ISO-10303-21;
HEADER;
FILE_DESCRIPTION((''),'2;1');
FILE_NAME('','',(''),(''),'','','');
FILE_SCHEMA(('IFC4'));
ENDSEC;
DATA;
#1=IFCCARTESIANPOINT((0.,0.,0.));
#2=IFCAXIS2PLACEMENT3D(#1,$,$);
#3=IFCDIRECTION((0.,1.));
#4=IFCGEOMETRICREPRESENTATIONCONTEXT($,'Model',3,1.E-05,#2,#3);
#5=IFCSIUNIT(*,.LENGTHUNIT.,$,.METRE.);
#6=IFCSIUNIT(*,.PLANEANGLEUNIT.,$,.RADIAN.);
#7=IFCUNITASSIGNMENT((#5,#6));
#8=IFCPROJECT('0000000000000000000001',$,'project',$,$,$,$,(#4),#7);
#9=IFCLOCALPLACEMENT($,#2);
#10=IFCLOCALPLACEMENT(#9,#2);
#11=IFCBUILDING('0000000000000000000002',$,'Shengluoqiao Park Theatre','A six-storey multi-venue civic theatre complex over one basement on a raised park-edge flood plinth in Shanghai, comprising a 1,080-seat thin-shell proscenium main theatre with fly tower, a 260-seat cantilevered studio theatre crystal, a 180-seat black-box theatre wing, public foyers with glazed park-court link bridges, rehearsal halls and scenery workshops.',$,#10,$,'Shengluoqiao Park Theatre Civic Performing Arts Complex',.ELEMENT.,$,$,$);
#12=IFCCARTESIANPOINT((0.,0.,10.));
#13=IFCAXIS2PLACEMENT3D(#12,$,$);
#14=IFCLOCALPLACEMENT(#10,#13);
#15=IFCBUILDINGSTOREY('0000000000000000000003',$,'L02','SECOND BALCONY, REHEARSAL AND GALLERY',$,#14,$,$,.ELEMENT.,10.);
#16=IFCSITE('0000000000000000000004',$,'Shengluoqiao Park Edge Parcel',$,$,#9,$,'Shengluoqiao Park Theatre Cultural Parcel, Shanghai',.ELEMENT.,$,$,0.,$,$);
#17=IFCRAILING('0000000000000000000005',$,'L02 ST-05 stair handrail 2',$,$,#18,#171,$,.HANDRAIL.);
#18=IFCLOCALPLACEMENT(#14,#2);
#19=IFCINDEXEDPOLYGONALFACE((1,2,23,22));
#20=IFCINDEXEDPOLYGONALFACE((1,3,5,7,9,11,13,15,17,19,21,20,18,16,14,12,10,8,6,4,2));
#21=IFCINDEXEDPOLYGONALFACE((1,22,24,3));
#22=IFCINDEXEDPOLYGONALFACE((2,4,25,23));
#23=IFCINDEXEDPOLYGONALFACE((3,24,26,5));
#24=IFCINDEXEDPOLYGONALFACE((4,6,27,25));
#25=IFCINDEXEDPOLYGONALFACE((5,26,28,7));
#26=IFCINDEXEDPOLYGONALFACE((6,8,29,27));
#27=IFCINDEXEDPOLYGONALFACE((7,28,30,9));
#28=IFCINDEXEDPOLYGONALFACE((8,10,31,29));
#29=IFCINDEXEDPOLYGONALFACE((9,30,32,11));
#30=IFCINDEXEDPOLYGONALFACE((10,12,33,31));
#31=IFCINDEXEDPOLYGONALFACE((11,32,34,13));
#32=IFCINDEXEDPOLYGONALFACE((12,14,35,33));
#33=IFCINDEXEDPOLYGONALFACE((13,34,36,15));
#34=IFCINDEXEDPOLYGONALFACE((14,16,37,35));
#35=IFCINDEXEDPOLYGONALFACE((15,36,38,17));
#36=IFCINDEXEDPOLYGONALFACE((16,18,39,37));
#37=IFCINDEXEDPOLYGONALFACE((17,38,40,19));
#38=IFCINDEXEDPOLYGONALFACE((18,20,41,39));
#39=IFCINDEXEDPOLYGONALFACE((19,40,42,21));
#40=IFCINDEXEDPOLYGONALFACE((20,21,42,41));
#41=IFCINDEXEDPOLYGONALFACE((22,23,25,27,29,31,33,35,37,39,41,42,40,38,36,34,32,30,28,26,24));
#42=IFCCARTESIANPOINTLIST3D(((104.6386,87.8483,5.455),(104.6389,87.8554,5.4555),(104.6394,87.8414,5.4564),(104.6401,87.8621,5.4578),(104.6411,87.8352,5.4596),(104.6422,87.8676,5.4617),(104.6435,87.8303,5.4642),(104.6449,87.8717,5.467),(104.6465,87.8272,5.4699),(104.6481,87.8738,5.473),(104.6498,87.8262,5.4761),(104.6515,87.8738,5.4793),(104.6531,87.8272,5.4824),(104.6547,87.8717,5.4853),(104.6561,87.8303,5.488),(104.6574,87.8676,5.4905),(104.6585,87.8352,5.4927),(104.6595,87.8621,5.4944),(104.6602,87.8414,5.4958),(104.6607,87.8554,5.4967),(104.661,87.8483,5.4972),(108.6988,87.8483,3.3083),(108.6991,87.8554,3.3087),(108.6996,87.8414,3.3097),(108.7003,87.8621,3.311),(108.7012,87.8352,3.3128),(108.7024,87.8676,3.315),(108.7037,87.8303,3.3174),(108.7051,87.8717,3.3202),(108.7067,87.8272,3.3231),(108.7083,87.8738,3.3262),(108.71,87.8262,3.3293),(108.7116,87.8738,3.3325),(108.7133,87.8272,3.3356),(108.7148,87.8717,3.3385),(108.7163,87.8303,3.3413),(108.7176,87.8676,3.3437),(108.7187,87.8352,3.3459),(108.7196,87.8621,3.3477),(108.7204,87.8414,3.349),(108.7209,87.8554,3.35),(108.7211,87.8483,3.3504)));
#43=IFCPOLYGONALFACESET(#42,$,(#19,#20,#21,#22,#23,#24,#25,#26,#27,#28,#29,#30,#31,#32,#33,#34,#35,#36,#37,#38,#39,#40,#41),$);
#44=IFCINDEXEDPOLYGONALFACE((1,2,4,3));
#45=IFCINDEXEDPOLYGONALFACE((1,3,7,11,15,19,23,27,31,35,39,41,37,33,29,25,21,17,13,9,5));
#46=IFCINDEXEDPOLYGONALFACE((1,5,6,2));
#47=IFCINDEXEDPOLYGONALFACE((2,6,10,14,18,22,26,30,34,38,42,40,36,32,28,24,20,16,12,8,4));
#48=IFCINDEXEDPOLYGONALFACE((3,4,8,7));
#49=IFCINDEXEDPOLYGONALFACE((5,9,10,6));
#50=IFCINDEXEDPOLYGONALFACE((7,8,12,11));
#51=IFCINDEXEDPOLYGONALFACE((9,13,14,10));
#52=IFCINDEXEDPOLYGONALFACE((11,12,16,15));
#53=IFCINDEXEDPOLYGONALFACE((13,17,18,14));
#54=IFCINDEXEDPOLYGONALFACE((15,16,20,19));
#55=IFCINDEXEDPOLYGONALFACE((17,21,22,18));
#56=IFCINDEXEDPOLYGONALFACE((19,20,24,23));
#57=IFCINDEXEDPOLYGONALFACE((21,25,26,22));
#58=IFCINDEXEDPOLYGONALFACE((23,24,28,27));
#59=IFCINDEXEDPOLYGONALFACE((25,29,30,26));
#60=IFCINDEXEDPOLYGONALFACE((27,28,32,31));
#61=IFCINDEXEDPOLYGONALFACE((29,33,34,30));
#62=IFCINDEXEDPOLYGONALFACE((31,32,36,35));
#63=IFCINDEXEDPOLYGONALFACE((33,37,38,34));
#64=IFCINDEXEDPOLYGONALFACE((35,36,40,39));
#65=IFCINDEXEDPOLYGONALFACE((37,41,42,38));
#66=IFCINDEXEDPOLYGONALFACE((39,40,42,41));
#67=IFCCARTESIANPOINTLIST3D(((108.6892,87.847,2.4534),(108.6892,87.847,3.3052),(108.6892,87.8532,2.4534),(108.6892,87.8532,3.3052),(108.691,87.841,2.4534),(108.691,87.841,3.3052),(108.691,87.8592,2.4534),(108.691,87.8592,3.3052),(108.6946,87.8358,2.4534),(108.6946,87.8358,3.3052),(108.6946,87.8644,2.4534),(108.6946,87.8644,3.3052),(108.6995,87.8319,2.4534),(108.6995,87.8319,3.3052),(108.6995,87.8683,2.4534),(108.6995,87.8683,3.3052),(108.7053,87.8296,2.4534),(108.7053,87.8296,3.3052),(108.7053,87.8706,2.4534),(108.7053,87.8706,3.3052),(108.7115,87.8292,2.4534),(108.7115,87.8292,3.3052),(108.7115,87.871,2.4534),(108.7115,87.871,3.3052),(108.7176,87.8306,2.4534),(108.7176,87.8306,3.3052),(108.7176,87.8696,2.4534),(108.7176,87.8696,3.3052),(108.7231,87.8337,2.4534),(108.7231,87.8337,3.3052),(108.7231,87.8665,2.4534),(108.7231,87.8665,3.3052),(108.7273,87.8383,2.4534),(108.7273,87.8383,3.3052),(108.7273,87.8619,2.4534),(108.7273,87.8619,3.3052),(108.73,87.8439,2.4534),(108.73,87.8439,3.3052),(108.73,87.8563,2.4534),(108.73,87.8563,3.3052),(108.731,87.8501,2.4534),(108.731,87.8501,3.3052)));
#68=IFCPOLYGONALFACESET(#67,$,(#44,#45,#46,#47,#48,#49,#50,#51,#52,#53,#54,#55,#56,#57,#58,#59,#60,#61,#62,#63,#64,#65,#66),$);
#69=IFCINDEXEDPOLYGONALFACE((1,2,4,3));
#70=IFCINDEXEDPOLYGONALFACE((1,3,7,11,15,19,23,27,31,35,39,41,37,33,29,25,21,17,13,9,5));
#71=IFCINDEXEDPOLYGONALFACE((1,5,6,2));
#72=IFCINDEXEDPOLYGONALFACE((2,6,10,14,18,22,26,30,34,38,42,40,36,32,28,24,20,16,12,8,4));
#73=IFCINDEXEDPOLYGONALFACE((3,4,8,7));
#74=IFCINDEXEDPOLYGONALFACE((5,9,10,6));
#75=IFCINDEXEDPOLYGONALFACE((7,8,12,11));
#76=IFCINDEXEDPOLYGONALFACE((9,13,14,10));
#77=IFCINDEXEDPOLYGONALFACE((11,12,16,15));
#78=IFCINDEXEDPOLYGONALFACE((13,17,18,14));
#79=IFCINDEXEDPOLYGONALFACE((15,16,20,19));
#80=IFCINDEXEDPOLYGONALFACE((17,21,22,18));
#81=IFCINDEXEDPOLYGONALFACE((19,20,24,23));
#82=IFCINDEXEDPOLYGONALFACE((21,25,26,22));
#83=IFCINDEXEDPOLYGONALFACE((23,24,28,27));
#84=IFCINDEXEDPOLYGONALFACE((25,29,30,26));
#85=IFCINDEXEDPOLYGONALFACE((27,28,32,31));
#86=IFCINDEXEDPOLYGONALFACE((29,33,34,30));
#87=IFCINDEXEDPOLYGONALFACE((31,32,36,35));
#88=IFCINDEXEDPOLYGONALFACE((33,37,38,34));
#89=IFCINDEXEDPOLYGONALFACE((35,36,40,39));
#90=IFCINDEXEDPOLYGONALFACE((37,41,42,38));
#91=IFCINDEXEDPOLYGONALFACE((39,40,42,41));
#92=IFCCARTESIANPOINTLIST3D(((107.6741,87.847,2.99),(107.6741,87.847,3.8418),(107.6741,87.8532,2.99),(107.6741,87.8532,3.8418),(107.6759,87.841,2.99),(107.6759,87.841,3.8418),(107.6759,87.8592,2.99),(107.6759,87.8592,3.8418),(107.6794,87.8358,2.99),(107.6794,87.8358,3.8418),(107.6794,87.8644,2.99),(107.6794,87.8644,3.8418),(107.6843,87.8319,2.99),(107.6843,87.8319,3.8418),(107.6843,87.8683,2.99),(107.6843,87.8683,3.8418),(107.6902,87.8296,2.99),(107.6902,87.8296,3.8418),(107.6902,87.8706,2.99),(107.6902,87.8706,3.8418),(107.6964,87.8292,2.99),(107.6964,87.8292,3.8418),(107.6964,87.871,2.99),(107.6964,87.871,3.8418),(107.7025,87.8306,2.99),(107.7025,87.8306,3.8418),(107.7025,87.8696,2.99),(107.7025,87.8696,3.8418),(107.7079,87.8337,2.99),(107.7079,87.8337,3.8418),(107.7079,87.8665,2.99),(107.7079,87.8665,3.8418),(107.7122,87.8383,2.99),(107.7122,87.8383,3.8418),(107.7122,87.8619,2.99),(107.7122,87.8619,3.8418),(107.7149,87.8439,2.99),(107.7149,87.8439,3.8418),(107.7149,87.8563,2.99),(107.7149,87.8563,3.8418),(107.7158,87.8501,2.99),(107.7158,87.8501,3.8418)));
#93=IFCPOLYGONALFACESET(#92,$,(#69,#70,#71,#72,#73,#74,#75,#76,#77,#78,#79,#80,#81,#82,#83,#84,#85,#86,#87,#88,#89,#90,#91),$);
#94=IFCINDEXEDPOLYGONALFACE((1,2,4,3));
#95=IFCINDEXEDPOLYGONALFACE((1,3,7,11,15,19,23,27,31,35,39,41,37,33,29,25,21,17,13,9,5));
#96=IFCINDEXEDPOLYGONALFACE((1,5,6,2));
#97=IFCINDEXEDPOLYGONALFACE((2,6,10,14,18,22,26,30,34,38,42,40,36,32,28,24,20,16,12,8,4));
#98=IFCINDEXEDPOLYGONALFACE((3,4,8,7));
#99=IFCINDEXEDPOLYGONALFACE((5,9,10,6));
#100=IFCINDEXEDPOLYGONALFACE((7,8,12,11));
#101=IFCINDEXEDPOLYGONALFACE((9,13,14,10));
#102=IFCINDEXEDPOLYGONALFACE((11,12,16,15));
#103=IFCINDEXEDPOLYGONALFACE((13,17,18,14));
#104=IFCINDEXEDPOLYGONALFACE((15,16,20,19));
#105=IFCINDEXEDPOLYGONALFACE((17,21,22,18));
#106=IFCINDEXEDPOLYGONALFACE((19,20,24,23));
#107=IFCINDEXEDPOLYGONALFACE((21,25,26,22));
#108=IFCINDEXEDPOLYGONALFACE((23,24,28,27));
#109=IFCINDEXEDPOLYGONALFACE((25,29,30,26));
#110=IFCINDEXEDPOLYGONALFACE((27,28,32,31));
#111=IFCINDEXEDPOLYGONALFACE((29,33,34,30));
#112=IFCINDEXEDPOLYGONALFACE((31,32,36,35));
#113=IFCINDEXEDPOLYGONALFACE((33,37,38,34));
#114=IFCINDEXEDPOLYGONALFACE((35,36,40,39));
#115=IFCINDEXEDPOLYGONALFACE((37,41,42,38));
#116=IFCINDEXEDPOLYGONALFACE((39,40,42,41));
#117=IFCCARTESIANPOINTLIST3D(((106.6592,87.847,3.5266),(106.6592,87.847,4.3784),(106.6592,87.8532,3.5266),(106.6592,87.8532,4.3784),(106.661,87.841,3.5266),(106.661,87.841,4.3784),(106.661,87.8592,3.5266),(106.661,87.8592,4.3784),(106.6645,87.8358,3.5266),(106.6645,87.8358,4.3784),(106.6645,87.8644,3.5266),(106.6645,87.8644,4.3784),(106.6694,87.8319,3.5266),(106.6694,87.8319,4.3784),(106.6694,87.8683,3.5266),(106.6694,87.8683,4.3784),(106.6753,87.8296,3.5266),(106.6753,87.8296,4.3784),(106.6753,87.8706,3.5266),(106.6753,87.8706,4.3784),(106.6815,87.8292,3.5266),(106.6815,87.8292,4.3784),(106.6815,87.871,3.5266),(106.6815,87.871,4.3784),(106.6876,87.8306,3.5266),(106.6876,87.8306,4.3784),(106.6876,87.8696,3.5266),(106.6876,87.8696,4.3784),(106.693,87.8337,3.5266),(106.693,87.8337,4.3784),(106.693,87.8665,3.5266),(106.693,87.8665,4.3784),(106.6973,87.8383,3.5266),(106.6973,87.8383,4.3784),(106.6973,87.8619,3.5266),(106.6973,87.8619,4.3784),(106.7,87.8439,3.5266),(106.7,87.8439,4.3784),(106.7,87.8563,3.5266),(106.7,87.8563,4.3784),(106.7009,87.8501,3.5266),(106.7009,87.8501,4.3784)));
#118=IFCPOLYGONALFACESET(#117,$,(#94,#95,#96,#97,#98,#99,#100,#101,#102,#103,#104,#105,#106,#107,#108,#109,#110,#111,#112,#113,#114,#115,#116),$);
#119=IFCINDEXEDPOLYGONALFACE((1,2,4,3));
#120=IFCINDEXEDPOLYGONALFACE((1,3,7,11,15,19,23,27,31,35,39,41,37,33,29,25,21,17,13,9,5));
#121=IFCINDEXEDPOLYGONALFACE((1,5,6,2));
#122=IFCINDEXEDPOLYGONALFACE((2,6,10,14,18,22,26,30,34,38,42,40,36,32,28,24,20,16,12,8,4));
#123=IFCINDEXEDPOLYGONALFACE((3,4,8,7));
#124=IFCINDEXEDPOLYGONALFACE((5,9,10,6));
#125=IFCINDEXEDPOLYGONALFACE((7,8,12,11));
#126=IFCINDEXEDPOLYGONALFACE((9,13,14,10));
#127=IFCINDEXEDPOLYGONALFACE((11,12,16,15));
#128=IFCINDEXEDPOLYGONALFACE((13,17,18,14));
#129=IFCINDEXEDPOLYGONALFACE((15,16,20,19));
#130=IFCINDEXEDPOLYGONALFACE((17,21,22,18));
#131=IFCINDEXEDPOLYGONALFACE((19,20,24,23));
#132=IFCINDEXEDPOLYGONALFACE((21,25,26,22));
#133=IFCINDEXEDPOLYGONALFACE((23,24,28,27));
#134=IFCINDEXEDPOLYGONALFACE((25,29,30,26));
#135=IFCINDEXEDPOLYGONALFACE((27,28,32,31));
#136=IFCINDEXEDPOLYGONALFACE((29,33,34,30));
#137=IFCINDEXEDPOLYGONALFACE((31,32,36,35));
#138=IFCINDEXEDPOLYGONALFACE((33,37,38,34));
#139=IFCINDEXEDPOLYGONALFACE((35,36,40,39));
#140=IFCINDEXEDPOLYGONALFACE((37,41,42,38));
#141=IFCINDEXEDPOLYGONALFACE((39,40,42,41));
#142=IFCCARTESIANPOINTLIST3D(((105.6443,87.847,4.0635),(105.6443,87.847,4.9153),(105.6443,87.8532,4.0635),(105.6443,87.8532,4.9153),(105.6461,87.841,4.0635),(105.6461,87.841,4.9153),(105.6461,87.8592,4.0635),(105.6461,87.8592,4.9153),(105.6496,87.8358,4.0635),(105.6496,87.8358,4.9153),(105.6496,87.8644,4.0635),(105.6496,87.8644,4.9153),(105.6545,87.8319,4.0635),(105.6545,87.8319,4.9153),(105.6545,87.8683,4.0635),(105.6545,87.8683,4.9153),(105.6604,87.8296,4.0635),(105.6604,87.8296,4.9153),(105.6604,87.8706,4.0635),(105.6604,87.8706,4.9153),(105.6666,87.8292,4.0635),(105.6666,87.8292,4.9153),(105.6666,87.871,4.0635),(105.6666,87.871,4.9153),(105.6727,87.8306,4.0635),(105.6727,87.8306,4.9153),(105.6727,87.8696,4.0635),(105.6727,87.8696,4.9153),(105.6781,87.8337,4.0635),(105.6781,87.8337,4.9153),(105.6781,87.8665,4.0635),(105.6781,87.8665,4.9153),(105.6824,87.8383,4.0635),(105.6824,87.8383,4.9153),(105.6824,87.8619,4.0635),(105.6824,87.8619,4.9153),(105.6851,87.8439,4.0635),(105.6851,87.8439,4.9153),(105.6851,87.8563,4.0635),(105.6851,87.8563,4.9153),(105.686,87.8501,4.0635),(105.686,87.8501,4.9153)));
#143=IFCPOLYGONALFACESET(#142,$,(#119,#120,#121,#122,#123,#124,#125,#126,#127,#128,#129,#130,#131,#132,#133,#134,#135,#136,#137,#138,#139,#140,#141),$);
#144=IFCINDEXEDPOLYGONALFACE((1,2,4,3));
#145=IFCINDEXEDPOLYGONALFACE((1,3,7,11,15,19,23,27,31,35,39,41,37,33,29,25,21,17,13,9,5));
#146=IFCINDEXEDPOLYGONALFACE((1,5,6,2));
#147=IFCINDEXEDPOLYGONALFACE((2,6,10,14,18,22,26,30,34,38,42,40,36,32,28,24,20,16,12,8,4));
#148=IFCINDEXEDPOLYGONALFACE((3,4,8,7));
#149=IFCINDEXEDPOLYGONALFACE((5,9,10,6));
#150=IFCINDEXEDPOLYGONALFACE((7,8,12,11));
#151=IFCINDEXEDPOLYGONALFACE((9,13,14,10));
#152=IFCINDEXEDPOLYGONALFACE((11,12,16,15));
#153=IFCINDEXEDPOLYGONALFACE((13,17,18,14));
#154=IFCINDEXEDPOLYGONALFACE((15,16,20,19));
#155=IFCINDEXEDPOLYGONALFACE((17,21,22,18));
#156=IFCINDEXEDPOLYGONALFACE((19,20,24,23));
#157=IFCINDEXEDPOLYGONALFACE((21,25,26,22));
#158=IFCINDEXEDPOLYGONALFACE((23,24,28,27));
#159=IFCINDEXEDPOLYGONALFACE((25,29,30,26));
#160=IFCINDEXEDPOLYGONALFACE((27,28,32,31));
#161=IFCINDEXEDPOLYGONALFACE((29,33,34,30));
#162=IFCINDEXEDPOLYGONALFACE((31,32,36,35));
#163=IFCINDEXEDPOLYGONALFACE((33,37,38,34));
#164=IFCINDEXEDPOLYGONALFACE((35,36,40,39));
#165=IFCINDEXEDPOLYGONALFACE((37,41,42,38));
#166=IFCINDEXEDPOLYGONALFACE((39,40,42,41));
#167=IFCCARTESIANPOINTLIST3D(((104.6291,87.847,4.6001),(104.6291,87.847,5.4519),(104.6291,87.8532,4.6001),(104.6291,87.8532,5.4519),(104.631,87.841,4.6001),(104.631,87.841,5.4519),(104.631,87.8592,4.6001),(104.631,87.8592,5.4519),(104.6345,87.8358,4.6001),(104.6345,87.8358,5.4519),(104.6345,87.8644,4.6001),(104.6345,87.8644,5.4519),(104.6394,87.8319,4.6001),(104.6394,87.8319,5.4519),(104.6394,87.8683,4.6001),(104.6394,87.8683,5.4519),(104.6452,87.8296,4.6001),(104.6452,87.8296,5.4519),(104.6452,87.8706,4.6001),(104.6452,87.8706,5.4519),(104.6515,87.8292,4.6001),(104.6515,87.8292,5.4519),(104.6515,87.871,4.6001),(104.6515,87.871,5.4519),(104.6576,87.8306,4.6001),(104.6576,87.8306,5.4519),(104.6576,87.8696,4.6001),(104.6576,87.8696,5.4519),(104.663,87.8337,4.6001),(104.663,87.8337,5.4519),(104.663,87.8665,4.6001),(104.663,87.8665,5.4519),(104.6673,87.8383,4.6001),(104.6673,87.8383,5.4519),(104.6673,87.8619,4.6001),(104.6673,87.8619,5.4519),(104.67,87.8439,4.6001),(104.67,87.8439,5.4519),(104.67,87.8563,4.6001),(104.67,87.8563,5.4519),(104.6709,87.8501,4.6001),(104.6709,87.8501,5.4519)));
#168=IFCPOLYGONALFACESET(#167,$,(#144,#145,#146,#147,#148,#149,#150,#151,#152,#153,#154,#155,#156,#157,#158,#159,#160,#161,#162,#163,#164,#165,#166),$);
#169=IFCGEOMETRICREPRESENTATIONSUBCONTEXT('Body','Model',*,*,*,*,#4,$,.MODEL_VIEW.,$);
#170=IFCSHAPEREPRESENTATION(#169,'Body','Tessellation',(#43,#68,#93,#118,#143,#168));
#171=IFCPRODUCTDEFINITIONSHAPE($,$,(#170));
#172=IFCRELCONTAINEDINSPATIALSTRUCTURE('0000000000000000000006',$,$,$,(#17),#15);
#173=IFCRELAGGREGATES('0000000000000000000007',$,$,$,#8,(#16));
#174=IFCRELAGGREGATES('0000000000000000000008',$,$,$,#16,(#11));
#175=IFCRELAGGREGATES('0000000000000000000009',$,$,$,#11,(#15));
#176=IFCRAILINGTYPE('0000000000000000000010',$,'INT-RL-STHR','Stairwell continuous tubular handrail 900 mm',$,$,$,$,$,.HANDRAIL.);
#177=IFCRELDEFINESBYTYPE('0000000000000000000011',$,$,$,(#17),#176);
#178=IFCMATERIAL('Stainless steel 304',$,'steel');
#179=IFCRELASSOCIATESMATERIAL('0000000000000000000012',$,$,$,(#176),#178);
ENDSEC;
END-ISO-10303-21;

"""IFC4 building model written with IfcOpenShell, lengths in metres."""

from ifc_helpers import new_model, si_unit, direction, frame, origin, origin_2d, place, context, subcontext, project, spatial, circle, extrude, material, type_object, element, save


model = new_model("IFC4")

# Units and contexts
model_context = context("Model", 3, precision=1e-05, world=origin(), true_north=direction((0.0, 1.0)))
body_context = subcontext(model_context, "Body", "Model", "MODEL_VIEW")
ifc_project = project(units=[si_unit("LENGTHUNIT", "METRE"), si_unit("PLANEANGLEUNIT", "RADIAN")], contexts=[model_context])

# Site, building, storey
site_placement = place(None, origin())
site = spatial("IfcSite", under=ifc_project, at=site_placement, Name="Shengluoqiao Park Edge Parcel", LongName="Shengluoqiao Park Theatre Cultural Parcel, Shanghai", CompositionType="ELEMENT", RefElevation=0.0)
building_placement = place(site_placement, origin())
building = spatial("IfcBuilding", under=site, at=building_placement, Name="Shengluoqiao Park Theatre", Description="A six-storey multi-venue civic theatre complex over one basement on a raised park-edge flood plinth in Shanghai, comprising a 1,080-seat thin-shell proscenium main theatre with fly tower, a 260-seat cantilevered studio theatre crystal, a 180-seat black-box theatre wing, public foyers with glazed park-court link bridges, rehearsal halls and scenery workshops.", LongName="Shengluoqiao Park Theatre Civic Performing Arts Complex", CompositionType="ELEMENT")
storey_placement = place(building_placement, frame((0.0, 0.0, 10.0)))
storey = spatial("IfcBuildingStorey", under=building, at=storey_placement, Name="L02", Description="SECOND BALCONY, REHEARSAL AND GALLERY", CompositionType="ELEMENT", Elevation=10.0)

# Railing
ifc_material_1 = material(Name="Stainless steel 304", Category="steel")
railing_type_1 = type_object("IfcRailingType", Name="INT-RL-STHR", Description="Stairwell continuous tubular handrail 900 mm", PredefinedType="HANDRAIL", material=ifc_material_1)
railing_1_placement = place(storey_placement, frame((108.71, 87.8501, 2.4534)))
element("IfcRailing", 1, at=railing_1_placement, inside=storey, type_object=railing_type_1, Name="L02 ST-05 stair handrail 2", PredefinedType="HANDRAIL", context=body_context, shape_type="SweptSolid", body=[
    extrude(circle(Radius=0.0239, at=origin_2d()), frame((0.0, 0.0, 0.876), z_axis=(-0.884032, 0.0, 0.467426), x_axis=(0.0, -1.0, 0.0)), (0.0, 0.0, 1.0), 4.5928),
    extrude(circle(Radius=0.021, at=origin_2d()), origin(), (0.0, 0.0, 1.0), 0.8518),
    extrude(circle(Radius=0.021, at=origin_2d()), frame((-1.0151, 0.0, 0.5366)), (0.0, 0.0, 1.0), 0.8518),
    extrude(circle(Radius=0.021, at=origin_2d()), frame((-2.03, 0.0, 1.0732)), (0.0, 0.0, 1.0), 0.8518),
    extrude(circle(Radius=0.021, at=origin_2d()), frame((-3.0449, 0.0, 1.6101)), (0.0, 0.0, 1.0), 0.8518),
    extrude(circle(Radius=0.021, at=origin_2d()), frame((-4.0601, 0.0, 2.1467)), (0.0, 0.0, 1.0), 0.8518),
])

save(model, "model.ifc")
